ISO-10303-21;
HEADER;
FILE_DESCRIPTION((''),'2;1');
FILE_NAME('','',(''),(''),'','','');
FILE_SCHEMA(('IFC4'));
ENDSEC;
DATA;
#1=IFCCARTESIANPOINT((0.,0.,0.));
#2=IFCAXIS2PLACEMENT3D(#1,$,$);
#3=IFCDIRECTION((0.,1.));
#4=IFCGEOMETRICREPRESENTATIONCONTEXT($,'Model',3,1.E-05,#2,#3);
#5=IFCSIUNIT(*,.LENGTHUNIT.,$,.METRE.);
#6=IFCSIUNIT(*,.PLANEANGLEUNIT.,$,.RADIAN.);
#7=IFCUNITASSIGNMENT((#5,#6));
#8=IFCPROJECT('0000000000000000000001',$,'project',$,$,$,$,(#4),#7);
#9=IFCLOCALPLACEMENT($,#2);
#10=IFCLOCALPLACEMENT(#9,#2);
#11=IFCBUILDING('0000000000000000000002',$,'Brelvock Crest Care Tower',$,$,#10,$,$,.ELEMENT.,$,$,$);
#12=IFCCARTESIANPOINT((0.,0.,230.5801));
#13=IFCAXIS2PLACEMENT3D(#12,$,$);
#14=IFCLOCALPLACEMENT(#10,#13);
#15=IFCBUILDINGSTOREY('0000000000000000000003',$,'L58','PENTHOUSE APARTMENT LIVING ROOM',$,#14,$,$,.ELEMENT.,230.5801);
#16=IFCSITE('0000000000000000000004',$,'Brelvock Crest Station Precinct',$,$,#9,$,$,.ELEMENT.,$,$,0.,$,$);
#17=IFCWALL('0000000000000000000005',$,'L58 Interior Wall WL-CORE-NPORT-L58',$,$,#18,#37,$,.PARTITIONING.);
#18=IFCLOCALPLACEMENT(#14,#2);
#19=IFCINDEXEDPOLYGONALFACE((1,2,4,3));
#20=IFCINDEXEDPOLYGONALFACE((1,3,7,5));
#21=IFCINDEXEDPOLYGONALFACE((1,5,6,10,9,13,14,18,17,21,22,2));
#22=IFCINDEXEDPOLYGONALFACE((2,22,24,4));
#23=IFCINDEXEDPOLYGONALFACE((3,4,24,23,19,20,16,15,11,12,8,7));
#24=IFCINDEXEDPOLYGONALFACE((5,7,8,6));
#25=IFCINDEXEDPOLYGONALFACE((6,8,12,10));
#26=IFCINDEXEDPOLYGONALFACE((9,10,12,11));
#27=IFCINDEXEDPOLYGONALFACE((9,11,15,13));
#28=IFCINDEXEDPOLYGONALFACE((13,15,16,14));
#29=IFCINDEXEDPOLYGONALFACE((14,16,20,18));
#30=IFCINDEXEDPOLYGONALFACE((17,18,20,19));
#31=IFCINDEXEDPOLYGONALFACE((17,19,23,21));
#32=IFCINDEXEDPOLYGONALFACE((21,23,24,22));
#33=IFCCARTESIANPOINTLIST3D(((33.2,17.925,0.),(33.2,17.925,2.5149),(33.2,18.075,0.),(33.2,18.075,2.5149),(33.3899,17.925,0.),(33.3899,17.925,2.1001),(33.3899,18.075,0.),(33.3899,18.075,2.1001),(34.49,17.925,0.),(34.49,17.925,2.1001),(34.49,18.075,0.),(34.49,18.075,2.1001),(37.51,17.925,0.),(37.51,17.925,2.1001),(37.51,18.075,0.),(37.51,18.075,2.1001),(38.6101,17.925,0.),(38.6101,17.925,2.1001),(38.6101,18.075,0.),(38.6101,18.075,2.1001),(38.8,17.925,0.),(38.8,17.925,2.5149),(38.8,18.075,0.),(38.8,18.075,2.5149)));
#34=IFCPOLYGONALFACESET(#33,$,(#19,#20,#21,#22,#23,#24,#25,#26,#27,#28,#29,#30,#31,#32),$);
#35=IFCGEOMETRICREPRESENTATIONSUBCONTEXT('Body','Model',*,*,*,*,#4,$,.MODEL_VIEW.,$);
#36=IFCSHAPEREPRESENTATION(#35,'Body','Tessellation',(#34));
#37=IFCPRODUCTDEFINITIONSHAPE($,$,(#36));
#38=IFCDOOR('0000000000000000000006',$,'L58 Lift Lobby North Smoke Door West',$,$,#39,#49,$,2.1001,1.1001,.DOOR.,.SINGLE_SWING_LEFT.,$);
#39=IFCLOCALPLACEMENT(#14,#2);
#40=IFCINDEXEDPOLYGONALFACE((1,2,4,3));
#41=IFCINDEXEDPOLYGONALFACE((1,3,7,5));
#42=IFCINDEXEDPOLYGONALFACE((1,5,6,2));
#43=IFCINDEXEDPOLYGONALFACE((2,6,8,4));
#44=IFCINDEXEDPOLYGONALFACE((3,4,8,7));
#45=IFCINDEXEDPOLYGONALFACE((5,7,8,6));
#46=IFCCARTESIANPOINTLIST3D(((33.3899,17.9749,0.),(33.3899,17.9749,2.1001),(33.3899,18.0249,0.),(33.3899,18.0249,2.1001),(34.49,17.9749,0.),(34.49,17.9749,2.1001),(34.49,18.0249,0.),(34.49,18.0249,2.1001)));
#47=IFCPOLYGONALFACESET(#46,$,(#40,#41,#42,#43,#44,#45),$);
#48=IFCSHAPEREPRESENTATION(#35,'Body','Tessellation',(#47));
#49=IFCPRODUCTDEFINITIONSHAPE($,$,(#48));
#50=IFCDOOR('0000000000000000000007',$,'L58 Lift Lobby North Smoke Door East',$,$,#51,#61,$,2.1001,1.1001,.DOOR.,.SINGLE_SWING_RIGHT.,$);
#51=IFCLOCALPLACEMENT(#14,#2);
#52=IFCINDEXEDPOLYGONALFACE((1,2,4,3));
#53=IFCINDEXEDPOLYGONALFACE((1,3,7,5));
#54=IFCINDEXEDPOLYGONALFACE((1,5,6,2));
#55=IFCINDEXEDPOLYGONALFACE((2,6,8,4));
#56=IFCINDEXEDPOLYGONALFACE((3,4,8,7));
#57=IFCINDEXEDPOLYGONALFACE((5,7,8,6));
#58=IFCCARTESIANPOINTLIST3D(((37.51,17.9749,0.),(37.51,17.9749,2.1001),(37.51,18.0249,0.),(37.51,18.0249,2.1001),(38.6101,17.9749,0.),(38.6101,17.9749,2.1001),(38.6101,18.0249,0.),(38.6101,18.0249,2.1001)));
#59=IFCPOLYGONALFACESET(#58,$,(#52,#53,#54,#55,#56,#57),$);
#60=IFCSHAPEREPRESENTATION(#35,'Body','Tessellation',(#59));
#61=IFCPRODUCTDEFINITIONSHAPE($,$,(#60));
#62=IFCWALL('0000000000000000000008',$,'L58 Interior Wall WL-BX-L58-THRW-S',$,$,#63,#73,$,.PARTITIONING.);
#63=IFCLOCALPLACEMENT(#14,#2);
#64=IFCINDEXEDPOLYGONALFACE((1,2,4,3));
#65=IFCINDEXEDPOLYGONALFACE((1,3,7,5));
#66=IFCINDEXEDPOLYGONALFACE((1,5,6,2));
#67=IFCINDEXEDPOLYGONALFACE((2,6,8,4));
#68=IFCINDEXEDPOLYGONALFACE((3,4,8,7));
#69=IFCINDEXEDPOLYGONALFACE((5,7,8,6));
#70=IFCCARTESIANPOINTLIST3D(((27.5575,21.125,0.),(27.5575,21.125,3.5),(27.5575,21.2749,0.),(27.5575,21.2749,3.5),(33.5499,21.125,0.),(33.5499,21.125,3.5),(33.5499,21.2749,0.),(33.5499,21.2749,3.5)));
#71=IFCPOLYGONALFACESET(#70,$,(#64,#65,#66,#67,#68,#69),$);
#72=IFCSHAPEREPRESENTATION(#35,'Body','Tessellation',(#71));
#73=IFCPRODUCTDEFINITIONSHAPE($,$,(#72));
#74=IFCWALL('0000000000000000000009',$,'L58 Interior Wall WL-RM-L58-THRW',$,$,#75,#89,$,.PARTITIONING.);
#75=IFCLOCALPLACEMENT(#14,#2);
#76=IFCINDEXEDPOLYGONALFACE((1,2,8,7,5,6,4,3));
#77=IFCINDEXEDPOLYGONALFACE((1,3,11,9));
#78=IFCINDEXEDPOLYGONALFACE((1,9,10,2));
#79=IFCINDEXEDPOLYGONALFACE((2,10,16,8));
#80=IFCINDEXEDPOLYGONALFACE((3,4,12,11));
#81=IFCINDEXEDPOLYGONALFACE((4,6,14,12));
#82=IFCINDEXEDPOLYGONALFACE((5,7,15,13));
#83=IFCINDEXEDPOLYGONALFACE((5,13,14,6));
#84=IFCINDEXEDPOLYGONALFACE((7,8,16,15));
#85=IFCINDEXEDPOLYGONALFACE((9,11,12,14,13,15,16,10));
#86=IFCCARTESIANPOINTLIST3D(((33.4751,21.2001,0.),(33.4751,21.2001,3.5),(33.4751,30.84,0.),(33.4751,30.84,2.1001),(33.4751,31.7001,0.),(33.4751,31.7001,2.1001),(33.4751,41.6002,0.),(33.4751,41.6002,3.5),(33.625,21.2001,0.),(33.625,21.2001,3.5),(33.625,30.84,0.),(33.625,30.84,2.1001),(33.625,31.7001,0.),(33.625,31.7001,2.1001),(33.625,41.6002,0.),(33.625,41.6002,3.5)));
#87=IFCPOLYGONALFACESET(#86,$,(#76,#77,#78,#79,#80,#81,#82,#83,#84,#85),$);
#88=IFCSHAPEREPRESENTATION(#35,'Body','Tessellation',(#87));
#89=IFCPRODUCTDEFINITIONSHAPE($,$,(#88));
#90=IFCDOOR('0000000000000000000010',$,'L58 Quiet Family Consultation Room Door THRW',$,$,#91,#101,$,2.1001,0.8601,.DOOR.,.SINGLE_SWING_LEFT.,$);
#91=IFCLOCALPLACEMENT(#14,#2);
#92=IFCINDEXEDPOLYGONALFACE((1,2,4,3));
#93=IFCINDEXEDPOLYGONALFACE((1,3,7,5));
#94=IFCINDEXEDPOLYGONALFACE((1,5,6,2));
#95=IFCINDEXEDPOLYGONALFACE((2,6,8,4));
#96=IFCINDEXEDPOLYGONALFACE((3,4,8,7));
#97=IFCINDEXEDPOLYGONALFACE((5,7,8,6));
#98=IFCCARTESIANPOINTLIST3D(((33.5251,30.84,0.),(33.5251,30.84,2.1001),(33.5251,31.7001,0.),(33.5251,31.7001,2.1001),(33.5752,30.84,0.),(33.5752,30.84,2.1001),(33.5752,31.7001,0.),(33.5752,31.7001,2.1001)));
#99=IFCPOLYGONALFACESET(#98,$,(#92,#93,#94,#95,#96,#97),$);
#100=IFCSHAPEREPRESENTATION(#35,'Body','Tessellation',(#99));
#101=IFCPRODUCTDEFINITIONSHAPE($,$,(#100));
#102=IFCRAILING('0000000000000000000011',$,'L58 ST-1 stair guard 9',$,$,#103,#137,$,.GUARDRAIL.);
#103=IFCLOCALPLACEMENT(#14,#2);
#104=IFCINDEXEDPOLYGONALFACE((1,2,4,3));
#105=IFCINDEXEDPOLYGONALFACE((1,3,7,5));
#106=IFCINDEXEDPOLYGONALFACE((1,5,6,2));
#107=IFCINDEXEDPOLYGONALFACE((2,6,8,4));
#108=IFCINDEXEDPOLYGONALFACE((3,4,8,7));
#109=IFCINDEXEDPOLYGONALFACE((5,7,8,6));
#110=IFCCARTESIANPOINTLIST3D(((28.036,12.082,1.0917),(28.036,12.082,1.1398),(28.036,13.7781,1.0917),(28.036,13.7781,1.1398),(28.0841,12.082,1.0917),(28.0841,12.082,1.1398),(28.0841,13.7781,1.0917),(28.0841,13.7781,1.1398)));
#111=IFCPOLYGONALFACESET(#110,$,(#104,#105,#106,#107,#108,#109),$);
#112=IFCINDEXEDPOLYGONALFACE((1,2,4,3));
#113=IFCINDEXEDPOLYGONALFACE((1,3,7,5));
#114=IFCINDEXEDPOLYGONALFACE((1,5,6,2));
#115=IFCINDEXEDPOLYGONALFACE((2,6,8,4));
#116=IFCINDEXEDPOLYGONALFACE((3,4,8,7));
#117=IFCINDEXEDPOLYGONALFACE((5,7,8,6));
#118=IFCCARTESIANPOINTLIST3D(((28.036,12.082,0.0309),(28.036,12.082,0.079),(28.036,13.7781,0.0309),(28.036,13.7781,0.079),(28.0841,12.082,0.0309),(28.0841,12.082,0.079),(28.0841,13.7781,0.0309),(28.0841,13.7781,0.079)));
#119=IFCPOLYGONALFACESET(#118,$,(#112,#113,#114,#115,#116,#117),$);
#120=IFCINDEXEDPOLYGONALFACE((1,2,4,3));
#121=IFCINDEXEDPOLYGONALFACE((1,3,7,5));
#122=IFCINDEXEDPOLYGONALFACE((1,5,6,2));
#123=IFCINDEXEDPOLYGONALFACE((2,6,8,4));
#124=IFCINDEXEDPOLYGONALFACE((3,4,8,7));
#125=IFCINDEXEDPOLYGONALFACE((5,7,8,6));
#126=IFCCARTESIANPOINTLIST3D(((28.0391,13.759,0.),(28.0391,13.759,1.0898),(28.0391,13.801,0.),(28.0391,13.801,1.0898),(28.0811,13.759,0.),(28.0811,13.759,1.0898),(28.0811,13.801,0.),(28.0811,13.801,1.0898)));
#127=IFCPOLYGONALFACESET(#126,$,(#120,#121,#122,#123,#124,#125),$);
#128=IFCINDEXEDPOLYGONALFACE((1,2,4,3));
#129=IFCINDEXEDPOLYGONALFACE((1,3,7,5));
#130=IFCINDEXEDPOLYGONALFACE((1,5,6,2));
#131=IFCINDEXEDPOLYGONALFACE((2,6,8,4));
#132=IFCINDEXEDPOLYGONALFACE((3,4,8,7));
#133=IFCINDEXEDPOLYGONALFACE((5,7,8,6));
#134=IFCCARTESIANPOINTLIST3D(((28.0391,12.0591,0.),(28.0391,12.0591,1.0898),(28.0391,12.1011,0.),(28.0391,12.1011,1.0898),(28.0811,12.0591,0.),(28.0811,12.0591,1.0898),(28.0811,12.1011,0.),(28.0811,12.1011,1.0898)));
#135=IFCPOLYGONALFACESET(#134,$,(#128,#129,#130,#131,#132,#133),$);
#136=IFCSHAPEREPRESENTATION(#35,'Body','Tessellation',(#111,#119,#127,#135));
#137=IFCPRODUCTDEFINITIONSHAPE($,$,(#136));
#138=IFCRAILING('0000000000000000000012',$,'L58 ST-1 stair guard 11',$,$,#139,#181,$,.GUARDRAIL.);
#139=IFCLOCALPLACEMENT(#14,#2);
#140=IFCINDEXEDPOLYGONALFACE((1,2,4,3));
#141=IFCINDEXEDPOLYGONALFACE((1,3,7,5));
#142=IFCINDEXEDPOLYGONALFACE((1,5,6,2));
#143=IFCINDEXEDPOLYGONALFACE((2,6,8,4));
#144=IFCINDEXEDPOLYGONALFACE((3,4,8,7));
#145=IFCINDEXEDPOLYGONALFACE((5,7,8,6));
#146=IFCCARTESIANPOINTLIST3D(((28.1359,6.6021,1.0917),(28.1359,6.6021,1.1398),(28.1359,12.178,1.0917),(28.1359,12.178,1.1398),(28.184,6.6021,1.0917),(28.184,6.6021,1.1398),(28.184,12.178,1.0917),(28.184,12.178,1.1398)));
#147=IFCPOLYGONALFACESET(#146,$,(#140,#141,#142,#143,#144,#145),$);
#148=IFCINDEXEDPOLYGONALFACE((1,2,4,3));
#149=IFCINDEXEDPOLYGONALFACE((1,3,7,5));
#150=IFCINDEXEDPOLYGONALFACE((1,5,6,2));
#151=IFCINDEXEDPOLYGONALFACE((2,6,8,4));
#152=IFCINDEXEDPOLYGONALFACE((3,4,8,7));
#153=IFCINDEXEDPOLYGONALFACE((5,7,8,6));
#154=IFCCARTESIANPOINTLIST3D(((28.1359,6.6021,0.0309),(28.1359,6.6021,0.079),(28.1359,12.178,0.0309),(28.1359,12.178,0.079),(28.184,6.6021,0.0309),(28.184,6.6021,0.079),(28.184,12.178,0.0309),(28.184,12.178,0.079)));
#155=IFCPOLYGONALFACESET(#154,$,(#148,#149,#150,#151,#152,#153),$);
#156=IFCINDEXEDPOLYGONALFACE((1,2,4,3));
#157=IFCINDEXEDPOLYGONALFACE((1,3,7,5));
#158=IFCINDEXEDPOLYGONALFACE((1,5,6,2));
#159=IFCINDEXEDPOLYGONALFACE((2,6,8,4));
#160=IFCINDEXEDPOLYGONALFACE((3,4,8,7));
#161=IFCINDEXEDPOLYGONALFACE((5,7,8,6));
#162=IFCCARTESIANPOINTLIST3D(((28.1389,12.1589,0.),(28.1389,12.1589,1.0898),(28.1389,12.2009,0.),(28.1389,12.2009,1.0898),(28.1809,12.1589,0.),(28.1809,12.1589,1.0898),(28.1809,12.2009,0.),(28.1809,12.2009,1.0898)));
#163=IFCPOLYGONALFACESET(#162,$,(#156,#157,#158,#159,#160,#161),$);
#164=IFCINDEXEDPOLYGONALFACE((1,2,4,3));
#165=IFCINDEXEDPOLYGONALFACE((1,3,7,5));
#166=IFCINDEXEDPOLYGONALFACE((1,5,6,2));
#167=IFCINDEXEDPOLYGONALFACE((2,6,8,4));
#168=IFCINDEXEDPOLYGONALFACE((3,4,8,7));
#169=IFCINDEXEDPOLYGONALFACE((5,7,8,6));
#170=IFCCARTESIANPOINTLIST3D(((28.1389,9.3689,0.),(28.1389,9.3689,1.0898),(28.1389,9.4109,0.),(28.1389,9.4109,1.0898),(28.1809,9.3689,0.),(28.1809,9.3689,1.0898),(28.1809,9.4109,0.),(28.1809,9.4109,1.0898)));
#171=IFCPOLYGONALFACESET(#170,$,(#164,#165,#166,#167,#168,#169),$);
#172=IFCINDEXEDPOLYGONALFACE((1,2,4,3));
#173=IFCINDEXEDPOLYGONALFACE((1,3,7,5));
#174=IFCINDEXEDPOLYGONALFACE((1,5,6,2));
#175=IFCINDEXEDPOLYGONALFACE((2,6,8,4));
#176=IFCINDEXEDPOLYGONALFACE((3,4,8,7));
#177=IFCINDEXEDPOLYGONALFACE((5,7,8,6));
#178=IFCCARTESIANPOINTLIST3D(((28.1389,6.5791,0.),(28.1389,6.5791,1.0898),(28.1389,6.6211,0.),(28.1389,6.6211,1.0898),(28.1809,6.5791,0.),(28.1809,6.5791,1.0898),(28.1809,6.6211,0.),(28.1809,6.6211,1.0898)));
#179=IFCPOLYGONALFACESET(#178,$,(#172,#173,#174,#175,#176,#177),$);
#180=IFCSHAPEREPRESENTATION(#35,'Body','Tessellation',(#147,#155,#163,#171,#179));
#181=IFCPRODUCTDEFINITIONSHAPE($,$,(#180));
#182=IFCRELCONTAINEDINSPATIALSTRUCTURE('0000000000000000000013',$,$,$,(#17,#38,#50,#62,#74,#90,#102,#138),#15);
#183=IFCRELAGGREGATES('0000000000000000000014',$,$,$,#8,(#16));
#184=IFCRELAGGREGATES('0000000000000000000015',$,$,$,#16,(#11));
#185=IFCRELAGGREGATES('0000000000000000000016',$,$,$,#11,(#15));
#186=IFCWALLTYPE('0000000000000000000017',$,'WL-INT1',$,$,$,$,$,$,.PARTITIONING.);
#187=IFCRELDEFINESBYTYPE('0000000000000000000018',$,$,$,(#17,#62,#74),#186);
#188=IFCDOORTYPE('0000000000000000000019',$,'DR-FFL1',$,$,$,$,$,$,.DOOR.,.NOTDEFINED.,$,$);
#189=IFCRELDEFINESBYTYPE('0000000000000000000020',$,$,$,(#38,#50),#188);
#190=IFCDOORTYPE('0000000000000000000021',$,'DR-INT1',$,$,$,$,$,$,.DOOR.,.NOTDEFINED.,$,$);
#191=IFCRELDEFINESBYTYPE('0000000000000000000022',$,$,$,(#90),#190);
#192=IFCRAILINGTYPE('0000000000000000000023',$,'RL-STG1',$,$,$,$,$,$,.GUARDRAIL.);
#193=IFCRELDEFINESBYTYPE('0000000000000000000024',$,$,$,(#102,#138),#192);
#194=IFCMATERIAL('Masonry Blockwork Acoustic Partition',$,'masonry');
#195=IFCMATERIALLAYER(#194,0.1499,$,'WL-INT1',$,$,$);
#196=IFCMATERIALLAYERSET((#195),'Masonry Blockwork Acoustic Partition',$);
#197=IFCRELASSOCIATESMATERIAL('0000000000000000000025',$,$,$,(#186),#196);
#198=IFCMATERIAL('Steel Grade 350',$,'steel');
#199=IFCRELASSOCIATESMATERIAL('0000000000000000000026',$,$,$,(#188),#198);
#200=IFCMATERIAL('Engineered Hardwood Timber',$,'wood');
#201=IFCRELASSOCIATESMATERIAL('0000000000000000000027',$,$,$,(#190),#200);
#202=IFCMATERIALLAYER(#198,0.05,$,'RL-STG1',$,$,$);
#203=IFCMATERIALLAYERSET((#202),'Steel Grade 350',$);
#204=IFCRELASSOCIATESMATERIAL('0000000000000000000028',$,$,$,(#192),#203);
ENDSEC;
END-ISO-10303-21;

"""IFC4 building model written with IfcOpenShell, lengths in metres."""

from ifc_helpers import new_model, si_unit, direction, frame, frame_2d, origin, origin_2d, place, context, subcontext, project, spatial, rectangle, extrude, source, transform, mapped, material, layer, layer_set, type_object, element, fill, save


model = new_model("IFC4")

# Units and contexts
model_context = context("Model", 3, precision=1e-05, world=origin(), true_north=direction((0.0, 1.0)))
body_context = subcontext(model_context, "Body", "Model", "MODEL_VIEW")
ifc_project = project(units=[si_unit("LENGTHUNIT", "METRE"), si_unit("PLANEANGLEUNIT", "RADIAN")], contexts=[model_context])

# Site, building, storey
site_placement = place(None, origin())
site = spatial("IfcSite", under=ifc_project, at=site_placement, Name="Brelvock Crest Station Precinct", CompositionType="ELEMENT", RefElevation=0.0)
building_placement = place(site_placement, origin())
building = spatial("IfcBuilding", under=site, at=building_placement, Name="Brelvock Crest Care Tower", CompositionType="ELEMENT")
storey_placement = place(building_placement, frame((0.0, 0.0, 230.5801)))
storey = spatial("IfcBuildingStorey", under=building, at=storey_placement, Name="L58", Description="PENTHOUSE APARTMENT LIVING ROOM", CompositionType="ELEMENT", Elevation=230.5801)

# Shared definitions
ifc_material_1 = material(Name="Steel Grade 350", Category="steel")

# Wall, openings, doors
ifc_material_2 = material(Name="Masonry Blockwork Acoustic Partition", Category="masonry")
ifc_layer_1 = layer(ifc_material_2, 0.1499, Name="WL-INT1")
ifc_layer_set_1 = layer_set([ifc_layer_1], Name="Masonry Blockwork Acoustic Partition")
wall_type = type_object("IfcWallType", Name="WL-INT1", PredefinedType="PARTITIONING", material=ifc_layer_set_1)
wall_1_placement = place(storey_placement, frame((33.2, 18.0, 0.0), z_axis=(0.0, 0.0, 1.0), x_axis=(1.0, 0.0, 0.0)))
wall_1 = element("IfcWall", 1, at=wall_1_placement, inside=storey, type_object=wall_type, Name="L58 Interior Wall WL-CORE-NPORT-L58", PredefinedType="PARTITIONING", context=body_context, shape_type="SweptSolid", body=[
    extrude(rectangle(XDim=5.6001, YDim=0.1499, at=frame_2d((2.8, 0.0))), origin(), (0.0, 0.0, 1.0), 2.5149),
])
opening_1_placement = place(wall_1_placement, frame((0.1899, 0.0, 0.0)))
opening_1 = element("IfcOpeningElement", 2, at=opening_1_placement, cuts=wall_1, PredefinedType="OPENING", context=body_context, shape_type="SweptSolid", body=[
    extrude(rectangle(XDim=1.1001, YDim=2.1001, at=origin_2d()), frame((0.55, 0.085, 1.05), z_axis=(0.0, -1.0, 0.0), x_axis=(1.0, 0.0, 0.0)), (0.0, 0.0, 1.0), 0.1699),
])
opening_2_placement = place(wall_1_placement, frame((4.3101, 0.0, 0.0)))
opening_2 = element("IfcOpeningElement", 3, at=opening_2_placement, cuts=wall_1, PredefinedType="OPENING", context=body_context, shape_type="SweptSolid", body=[
    extrude(rectangle(XDim=1.1001, YDim=2.1001, at=origin_2d()), frame((0.55, 0.085, 1.05), z_axis=(0.0, -1.0, 0.0), x_axis=(1.0, 0.0, 0.0)), (0.0, 0.0, 1.0), 0.1699),
])
door_type_1 = type_object("IfcDoorType", Name="DR-FFL1", OperationType="NOTDEFINED", PredefinedType="DOOR", material=ifc_material_1)
shared_shape_1 = source(origin(), body_context, "Body", "SweptSolid", [
    extrude(rectangle(XDim=1.1001, YDim=2.1001, at=origin_2d()), frame((0.55, 0.0249, 1.05), z_axis=(0.0, -1.0, 0.0), x_axis=(1.0, 0.0, 0.0)), (0.0, 0.0, 1.0), 0.05),
])
door_1_placement = place(opening_1_placement, origin())
door_1 = element("IfcDoor", 4, at=door_1_placement, inside=storey, type_object=door_type_1, Name="L58 Lift Lobby North Smoke Door West", OperationType="SINGLE_SWING_LEFT", OverallHeight=2.1001, OverallWidth=1.1001, PredefinedType="DOOR", context=body_context, shape_type="MappedRepresentation", body=[
    mapped(shared_shape_1, transform((0.0, 0.0, 0.0), x_axis=(1.0, 0.0, 0.0), y_axis=(0.0, 1.0, 0.0), z_axis=(0.0, 0.0, 1.0), scale=1.0)),
])
fill(opening_1, door_1)
door_2_placement = place(opening_2_placement, origin())
door_2 = element("IfcDoor", 5, at=door_2_placement, inside=storey, type_object=door_type_1, Name="L58 Lift Lobby North Smoke Door East", OperationType="SINGLE_SWING_RIGHT", OverallHeight=2.1001, OverallWidth=1.1001, PredefinedType="DOOR", context=body_context, shape_type="MappedRepresentation", body=[
    mapped(shared_shape_1, transform((0.0, 0.0, 0.0), x_axis=(1.0, 0.0, 0.0), y_axis=(0.0, 1.0, 0.0), z_axis=(0.0, 0.0, 1.0), scale=1.0)),
])
fill(opening_2, door_2)

# Wall
wall_2_placement = place(storey_placement, frame((27.5576, 21.2, 0.0), z_axis=(0.0, 0.0, 1.0), x_axis=(1.0, 0.0, 0.0)))
element("IfcWall", 6, at=wall_2_placement, inside=storey, type_object=wall_type, Name="L58 Interior Wall WL-BX-L58-THRW-S", PredefinedType="PARTITIONING", context=body_context, shape_type="SweptSolid", body=[
    extrude(rectangle(XDim=5.9924, YDim=0.1499, at=frame_2d((2.9961, 0.0))), origin(), (0.0, 0.0, 1.0), 3.5),
])

# Wall, opening, door
wall_3_placement = place(storey_placement, frame((33.55, 21.2, 0.0), z_axis=(0.0, 0.0, 1.0), x_axis=(0.0, 1.0, 0.0)))
wall_3 = element("IfcWall", 7, at=wall_3_placement, inside=storey, type_object=wall_type, Name="L58 Interior Wall WL-RM-L58-THRW", PredefinedType="PARTITIONING", context=body_context, shape_type="SweptSolid", body=[
    extrude(rectangle(XDim=20.4001, YDim=0.1499, at=frame_2d((10.2002, 0.0))), origin(), (0.0, 0.0, 1.0), 3.5),
])
opening_3_placement = place(wall_3_placement, frame((9.6399, 0.0, 0.0)))
opening_3 = element("IfcOpeningElement", 8, at=opening_3_placement, cuts=wall_3, PredefinedType="OPENING", context=body_context, shape_type="SweptSolid", body=[
    extrude(rectangle(XDim=0.8601, YDim=2.1001, at=origin_2d()), frame((0.4302, 0.085, 1.05), z_axis=(0.0, -1.0, 0.0), x_axis=(1.0, 0.0, 0.0)), (0.0, 0.0, 1.0), 0.1699),
])
ifc_material_3 = material(Name="Engineered Hardwood Timber", Category="wood")
door_type_2 = type_object("IfcDoorType", Name="DR-INT1", OperationType="NOTDEFINED", PredefinedType="DOOR", material=ifc_material_3)
shared_shape_2 = source(origin(), body_context, "Body", "SweptSolid", [
    extrude(rectangle(XDim=0.8601, YDim=2.1001, at=origin_2d()), frame((0.4302, 0.0249, 1.05), z_axis=(0.0, -1.0, 0.0), x_axis=(1.0, 0.0, 0.0)), (0.0, 0.0, 1.0), 0.05),
])
door_3_placement = place(opening_3_placement, origin())
door_3 = element("IfcDoor", 9, at=door_3_placement, inside=storey, type_object=door_type_2, Name="L58 Quiet Family Consultation Room Door THRW", OperationType="SINGLE_SWING_LEFT", OverallHeight=2.1001, OverallWidth=0.8601, PredefinedType="DOOR", context=body_context, shape_type="MappedRepresentation", body=[
    mapped(shared_shape_2, transform((0.0, 0.0, 0.0), x_axis=(1.0, 0.0, 0.0), y_axis=(0.0, 1.0, 0.0), z_axis=(0.0, 0.0, 1.0), scale=1.0)),
])
fill(opening_3, door_3)

# Railings
ifc_layer_2 = layer(ifc_material_1, 0.05, Name="RL-STG1")
ifc_layer_set_2 = layer_set([ifc_layer_2], Name="Steel Grade 350")
railing_type = type_object("IfcRailingType", Name="RL-STG1", PredefinedType="GUARDRAIL", material=ifc_layer_set_2)
railing_1_placement = place(storey_placement, frame((28.0601, 13.78, 0.0)))
element("IfcRailing", 10, at=railing_1_placement, inside=storey, type_object=railing_type, Name="L58 ST-1 stair guard 9", PredefinedType="GUARDRAIL", context=body_context, shape_type="SweptSolid", body=[
    extrude(rectangle(XDim=0.0481, YDim=0.0481, at=origin_2d()), frame((0.0, -0.002, 1.1157), z_axis=(0.0, -1.0, 0.0), x_axis=(1.0, 0.0, 0.0)), (0.0, 0.0, 1.0), 1.696),
    extrude(rectangle(XDim=0.0481, YDim=0.0481, at=origin_2d()), frame((0.0, -0.002, 0.0549), z_axis=(0.0, -1.0, 0.0), x_axis=(1.0, 0.0, 0.0)), (0.0, 0.0, 1.0), 1.696),
    extrude(rectangle(XDim=0.042, YDim=0.042, at=origin_2d()), origin(), (0.0, 0.0, 1.0), 1.0898),
    extrude(rectangle(XDim=0.042, YDim=0.042, at=origin_2d()), frame((0.0, -1.7, 0.0)), (0.0, 0.0, 1.0), 1.0898),
])
railing_2_placement = place(storey_placement, frame((28.1599, 12.1799, 0.0)))
element("IfcRailing", 11, at=railing_2_placement, inside=storey, type_object=railing_type, Name="L58 ST-1 stair guard 11", PredefinedType="GUARDRAIL", context=body_context, shape_type="SweptSolid", body=[
    extrude(rectangle(XDim=0.0481, YDim=0.0481, at=origin_2d()), frame((0.0, -0.002, 1.1157), z_axis=(0.0, -1.0, 0.0), x_axis=(1.0, 0.0, 0.0)), (0.0, 0.0, 1.0), 5.5759),
    extrude(rectangle(XDim=0.0481, YDim=0.0481, at=origin_2d()), frame((0.0, -0.002, 0.0549), z_axis=(0.0, -1.0, 0.0), x_axis=(1.0, 0.0, 0.0)), (0.0, 0.0, 1.0), 5.5759),
    extrude(rectangle(XDim=0.042, YDim=0.042, at=origin_2d()), origin(), (0.0, 0.0, 1.0), 1.0898),
    extrude(rectangle(XDim=0.042, YDim=0.042, at=origin_2d()), frame((0.0, -2.79, 0.0)), (0.0, 0.0, 1.0), 1.0898),
    extrude(rectangle(XDim=0.042, YDim=0.042, at=origin_2d()), frame((0.0, -5.5798, 0.0)), (0.0, 0.0, 1.0), 1.0898),
])

save(model, "model.ifc")
